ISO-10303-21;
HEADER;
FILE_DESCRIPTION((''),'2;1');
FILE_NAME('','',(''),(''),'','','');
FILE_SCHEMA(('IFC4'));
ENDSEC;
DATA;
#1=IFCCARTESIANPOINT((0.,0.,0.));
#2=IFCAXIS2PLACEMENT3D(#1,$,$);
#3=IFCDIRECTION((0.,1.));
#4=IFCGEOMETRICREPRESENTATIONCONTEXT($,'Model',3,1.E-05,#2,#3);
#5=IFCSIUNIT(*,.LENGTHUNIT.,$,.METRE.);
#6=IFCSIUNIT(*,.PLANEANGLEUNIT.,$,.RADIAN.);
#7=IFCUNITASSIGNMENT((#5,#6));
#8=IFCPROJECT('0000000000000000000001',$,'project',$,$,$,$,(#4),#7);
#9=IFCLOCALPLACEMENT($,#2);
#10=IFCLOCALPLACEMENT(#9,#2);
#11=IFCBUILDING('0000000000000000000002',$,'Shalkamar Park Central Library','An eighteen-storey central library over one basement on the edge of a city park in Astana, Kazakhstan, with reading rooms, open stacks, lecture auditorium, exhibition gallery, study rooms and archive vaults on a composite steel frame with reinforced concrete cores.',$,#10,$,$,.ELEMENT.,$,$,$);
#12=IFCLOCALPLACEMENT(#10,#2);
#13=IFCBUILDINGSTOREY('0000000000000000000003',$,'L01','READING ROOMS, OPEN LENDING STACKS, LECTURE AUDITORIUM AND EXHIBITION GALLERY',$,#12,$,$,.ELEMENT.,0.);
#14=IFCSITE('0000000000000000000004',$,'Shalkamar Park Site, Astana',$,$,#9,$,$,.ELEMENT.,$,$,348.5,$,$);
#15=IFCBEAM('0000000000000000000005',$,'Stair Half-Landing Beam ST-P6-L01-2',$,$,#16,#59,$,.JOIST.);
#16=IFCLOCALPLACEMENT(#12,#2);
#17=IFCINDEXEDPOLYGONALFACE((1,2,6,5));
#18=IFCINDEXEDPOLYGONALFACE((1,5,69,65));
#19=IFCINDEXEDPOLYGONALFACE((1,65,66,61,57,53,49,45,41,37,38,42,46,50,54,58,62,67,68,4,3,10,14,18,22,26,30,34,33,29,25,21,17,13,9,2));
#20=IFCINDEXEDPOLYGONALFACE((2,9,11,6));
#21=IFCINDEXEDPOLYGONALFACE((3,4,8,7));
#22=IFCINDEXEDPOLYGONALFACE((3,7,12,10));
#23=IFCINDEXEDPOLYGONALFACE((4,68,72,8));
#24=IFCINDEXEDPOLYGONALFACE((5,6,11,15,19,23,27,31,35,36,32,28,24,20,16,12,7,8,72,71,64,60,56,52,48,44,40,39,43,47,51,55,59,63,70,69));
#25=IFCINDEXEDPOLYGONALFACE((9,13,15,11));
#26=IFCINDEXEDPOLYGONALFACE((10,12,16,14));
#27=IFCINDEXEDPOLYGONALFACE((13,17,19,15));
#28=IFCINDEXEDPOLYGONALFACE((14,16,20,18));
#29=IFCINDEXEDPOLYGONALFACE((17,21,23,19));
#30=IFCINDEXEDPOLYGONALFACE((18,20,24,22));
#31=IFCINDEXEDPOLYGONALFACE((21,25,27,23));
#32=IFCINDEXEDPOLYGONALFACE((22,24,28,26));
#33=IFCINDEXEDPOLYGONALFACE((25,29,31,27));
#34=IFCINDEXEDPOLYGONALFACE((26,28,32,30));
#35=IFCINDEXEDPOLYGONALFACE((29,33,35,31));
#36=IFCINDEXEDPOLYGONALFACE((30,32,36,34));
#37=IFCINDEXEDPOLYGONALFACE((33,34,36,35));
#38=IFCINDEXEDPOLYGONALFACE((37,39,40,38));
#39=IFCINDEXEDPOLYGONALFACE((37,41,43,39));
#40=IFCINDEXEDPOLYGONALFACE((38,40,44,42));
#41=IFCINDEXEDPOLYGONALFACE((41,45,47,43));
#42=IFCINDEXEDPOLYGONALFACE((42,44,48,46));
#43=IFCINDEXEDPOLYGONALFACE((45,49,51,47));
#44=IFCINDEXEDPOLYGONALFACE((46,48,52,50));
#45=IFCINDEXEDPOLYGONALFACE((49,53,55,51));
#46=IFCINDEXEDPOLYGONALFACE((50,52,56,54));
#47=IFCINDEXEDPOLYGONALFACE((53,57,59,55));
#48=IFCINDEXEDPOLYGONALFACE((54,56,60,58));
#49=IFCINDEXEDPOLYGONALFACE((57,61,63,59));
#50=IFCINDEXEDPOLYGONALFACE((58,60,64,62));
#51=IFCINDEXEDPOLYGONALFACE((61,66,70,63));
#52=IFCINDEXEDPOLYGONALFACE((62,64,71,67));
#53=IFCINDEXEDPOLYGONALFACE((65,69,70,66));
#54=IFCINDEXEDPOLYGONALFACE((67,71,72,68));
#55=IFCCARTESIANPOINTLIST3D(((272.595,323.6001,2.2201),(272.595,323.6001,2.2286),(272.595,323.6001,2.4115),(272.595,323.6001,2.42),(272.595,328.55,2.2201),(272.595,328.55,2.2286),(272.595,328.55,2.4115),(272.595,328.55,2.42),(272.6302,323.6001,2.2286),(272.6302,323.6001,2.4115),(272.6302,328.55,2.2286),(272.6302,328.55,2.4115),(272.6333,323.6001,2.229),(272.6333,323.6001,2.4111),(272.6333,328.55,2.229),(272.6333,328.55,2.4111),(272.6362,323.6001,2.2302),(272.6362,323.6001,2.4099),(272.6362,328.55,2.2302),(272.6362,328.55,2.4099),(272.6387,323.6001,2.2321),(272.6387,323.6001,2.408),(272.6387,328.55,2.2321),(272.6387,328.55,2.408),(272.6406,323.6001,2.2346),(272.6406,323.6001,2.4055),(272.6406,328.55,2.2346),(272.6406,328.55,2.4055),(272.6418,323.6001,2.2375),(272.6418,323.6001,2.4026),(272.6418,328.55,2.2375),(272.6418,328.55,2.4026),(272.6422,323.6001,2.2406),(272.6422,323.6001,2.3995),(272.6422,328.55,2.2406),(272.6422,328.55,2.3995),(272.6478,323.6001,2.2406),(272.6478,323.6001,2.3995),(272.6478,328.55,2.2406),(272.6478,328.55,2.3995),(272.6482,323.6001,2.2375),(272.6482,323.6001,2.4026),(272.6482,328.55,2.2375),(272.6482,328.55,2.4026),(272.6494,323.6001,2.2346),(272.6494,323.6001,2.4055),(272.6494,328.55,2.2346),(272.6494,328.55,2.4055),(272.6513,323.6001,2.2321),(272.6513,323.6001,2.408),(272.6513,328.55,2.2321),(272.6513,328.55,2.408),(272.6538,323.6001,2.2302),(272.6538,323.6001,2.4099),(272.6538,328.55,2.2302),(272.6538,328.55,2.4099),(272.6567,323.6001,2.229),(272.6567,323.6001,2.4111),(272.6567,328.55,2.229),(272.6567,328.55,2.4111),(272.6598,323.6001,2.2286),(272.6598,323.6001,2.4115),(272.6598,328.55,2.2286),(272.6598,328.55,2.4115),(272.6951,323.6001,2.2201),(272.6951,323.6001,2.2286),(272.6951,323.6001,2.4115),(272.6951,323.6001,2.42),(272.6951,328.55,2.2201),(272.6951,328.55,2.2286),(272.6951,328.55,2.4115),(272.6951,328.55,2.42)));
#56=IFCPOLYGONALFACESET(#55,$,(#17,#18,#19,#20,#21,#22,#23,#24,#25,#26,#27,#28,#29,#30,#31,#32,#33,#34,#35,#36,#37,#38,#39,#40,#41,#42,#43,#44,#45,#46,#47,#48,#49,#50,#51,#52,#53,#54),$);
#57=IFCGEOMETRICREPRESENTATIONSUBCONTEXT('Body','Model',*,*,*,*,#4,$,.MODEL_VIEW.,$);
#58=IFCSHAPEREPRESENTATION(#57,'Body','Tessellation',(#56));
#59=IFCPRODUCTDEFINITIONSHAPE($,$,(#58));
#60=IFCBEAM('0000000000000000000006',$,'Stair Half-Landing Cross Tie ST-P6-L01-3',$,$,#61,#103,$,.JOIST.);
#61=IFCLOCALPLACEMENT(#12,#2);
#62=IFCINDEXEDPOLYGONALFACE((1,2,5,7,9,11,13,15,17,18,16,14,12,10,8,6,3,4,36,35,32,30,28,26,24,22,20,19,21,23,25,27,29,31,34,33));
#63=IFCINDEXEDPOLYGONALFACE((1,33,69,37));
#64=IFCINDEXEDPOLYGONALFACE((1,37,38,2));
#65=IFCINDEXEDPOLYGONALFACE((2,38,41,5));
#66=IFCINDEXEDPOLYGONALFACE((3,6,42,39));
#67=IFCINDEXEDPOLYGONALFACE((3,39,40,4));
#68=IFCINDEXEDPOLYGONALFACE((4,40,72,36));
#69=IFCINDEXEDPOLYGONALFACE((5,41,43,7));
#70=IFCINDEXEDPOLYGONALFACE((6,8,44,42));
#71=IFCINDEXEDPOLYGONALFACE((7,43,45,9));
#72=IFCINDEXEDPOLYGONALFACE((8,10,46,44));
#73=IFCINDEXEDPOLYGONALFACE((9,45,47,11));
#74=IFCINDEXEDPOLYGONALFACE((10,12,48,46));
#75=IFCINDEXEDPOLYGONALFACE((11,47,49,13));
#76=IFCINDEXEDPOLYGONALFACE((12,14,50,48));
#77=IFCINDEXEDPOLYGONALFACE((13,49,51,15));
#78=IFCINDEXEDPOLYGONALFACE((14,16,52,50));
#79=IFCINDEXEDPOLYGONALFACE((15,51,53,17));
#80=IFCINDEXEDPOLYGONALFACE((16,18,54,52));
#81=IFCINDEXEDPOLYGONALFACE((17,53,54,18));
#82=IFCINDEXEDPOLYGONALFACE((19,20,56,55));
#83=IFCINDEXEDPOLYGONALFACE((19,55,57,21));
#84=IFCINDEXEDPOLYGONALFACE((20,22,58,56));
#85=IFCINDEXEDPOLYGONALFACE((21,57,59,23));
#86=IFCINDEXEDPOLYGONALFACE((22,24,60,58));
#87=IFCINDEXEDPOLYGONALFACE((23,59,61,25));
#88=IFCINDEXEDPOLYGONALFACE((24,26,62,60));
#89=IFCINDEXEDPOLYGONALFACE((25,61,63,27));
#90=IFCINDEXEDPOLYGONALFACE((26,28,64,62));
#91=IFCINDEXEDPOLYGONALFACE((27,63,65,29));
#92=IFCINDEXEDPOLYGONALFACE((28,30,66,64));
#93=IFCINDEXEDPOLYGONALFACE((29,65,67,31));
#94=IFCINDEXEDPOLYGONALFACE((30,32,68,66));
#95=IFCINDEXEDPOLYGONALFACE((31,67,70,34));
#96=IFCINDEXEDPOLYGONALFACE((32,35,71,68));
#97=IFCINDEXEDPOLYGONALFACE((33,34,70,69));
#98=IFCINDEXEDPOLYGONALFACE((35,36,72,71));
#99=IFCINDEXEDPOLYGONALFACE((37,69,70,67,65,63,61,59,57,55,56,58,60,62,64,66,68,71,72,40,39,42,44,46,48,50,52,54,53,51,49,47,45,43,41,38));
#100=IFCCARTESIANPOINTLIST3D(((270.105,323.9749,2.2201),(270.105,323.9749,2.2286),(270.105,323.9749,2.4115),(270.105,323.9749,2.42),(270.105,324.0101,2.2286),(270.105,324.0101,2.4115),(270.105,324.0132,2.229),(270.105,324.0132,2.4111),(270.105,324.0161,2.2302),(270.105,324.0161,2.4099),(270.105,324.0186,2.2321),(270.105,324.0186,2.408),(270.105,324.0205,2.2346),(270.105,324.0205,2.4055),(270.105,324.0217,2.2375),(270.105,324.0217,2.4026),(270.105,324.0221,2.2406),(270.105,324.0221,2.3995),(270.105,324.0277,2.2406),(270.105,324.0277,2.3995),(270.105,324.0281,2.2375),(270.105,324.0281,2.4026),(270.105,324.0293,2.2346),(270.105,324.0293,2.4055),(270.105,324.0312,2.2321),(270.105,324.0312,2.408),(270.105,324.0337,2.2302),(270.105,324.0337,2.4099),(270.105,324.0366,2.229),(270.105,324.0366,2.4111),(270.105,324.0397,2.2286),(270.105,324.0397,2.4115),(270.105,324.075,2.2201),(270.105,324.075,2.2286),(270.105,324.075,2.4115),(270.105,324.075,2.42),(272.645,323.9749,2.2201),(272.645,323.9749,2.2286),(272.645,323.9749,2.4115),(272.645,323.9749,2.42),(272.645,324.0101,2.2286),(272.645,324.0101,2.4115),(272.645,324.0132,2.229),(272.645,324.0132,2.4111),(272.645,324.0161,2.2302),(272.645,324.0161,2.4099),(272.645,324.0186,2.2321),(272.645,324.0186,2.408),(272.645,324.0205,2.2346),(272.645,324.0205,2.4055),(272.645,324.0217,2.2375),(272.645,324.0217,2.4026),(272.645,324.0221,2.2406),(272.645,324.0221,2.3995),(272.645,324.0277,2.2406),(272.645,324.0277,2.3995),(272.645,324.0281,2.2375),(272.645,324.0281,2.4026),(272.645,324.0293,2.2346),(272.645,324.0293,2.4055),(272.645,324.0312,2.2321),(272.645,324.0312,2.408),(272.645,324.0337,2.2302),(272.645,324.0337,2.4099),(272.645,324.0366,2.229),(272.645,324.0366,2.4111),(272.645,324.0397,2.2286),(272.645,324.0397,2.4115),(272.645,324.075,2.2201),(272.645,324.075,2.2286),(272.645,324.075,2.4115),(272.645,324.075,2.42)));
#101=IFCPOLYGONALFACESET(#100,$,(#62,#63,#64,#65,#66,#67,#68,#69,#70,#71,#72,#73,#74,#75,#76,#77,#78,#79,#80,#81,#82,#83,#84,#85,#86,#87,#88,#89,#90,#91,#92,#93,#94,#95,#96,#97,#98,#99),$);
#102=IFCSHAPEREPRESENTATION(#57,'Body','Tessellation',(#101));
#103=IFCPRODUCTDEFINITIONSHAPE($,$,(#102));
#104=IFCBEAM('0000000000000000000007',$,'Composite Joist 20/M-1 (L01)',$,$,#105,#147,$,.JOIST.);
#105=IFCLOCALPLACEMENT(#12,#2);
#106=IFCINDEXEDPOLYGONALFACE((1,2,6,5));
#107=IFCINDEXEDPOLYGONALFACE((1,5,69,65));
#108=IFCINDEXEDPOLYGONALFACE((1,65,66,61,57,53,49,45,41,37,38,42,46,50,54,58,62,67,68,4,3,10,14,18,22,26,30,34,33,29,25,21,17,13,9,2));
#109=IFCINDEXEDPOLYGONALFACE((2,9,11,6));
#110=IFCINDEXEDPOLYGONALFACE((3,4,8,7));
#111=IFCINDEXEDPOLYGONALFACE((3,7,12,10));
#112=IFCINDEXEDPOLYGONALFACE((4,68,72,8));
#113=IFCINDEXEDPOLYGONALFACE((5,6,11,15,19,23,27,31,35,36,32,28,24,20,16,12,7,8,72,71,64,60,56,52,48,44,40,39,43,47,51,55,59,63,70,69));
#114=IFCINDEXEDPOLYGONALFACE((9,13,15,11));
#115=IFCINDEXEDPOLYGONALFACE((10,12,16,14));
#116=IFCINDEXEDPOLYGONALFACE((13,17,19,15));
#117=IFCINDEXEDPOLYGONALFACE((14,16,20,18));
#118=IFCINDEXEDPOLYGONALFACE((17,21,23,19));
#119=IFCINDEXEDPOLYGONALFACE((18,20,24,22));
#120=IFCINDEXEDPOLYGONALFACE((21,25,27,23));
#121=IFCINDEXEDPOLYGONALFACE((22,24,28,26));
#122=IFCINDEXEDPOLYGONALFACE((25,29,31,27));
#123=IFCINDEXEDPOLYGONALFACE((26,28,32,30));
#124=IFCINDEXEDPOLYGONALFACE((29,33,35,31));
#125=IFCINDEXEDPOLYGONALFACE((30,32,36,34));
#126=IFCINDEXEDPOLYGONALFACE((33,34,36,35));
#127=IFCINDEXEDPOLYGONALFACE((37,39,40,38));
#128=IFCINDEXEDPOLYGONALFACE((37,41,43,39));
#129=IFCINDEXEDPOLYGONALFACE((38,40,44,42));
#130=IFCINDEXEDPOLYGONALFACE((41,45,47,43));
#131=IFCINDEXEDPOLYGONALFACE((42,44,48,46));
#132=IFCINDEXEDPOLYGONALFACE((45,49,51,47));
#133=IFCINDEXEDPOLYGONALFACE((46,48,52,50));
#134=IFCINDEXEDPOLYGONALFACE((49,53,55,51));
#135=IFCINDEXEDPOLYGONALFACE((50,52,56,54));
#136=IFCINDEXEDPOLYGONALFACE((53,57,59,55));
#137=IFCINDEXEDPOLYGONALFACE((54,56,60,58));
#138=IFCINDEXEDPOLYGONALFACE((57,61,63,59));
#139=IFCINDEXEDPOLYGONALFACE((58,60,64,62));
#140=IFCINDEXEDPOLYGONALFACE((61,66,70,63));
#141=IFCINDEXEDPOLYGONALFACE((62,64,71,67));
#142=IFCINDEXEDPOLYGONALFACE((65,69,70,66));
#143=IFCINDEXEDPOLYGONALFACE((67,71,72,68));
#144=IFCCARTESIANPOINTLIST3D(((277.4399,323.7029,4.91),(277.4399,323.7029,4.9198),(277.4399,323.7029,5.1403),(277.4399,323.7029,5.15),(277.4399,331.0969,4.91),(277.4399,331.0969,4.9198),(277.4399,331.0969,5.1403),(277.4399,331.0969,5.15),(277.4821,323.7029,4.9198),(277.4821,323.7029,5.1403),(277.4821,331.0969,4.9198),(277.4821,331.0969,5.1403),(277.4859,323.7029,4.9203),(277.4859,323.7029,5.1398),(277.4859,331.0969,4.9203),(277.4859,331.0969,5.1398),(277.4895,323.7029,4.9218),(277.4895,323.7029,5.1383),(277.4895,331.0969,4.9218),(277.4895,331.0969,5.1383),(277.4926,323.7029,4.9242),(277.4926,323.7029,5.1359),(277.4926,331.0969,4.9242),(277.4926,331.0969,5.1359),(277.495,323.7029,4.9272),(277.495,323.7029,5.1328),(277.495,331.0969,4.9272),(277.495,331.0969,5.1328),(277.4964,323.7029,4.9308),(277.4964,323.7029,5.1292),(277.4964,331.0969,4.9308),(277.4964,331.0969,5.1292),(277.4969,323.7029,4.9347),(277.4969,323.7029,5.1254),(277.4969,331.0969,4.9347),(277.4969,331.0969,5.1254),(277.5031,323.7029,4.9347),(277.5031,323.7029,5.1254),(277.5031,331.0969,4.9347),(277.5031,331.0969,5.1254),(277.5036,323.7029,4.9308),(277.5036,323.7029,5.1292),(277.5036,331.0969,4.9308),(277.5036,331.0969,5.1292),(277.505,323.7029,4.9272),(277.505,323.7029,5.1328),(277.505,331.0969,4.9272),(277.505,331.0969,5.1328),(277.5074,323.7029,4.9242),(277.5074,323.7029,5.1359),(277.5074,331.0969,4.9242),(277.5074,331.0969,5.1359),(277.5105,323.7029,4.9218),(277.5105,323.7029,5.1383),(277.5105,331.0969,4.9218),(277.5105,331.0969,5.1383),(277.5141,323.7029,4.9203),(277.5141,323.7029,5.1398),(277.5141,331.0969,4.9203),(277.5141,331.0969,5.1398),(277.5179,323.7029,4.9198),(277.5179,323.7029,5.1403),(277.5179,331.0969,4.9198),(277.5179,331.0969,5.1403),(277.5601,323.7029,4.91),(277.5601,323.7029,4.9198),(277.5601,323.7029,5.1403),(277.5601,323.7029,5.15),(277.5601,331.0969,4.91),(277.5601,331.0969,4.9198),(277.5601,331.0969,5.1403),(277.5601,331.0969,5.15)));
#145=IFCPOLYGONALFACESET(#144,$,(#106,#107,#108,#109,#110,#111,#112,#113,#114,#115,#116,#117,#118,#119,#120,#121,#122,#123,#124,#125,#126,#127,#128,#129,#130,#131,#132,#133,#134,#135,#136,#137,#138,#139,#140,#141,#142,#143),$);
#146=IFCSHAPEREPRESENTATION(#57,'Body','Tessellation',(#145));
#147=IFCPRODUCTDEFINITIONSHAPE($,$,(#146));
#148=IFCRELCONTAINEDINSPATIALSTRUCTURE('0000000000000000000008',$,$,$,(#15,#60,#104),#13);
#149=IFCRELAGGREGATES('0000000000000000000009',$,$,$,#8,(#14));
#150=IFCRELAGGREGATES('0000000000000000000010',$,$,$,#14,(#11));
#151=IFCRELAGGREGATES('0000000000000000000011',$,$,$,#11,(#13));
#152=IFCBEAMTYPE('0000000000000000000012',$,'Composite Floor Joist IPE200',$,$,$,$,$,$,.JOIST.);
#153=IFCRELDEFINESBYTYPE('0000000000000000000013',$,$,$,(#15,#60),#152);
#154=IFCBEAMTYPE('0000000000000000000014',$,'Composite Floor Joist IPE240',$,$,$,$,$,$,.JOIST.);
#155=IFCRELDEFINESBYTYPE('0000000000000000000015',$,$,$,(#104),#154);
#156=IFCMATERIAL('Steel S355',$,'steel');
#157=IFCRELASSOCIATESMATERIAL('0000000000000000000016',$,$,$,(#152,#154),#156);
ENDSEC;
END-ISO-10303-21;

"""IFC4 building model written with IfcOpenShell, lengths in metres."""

from ifc_helpers import new_model, si_unit, direction, frame, origin, origin_2d, place, context, subcontext, project, spatial, i_section, extrude, material, material_profile, profile_set, type_object, element, save


model = new_model("IFC4")

# Units and contexts
model_context = context("Model", 3, precision=1e-05, world=origin(), true_north=direction((0.0, 1.0)))
body_context = subcontext(model_context, "Body", "Model", "MODEL_VIEW")
ifc_project = project(units=[si_unit("LENGTHUNIT", "METRE"), si_unit("PLANEANGLEUNIT", "RADIAN")], contexts=[model_context])

# Site, building, storey
site_placement = place(None, origin())
site = spatial("IfcSite", under=ifc_project, at=site_placement, Name="Shalkamar Park Site, Astana", CompositionType="ELEMENT", RefElevation=348.5)
building_placement = place(site_placement, origin())
building = spatial("IfcBuilding", under=site, at=building_placement, Name="Shalkamar Park Central Library", Description="An eighteen-storey central library over one basement on the edge of a city park in Astana, Kazakhstan, with reading rooms, open stacks, lecture auditorium, exhibition gallery, study rooms and archive vaults on a composite steel frame with reinforced concrete cores.", CompositionType="ELEMENT")
storey_placement = place(building_placement, origin())
storey = spatial("IfcBuildingStorey", under=building, at=storey_placement, Name="L01", Description="READING ROOMS, OPEN LENDING STACKS, LECTURE AUDITORIUM AND EXHIBITION GALLERY", CompositionType="ELEMENT", Elevation=0.0)

# Shared definitions
ifc_material_1 = material(Name="Steel S355", Category="steel")

# Beams
ifc_material_profile_1 = material_profile(ifc_material_1, i_section(OverallWidth=0.1001, OverallDepth=0.2, WebThickness=0.0056, FlangeThickness=0.0085, FilletRadius=0.012, at=origin_2d()), Name="IPE 200")
ifc_profile_set_1 = profile_set([ifc_material_profile_1], Name="Steel S355")
beam_type_1 = type_object("IfcBeamType", Name="Composite Floor Joist IPE200", PredefinedType="JOIST", material=ifc_profile_set_1)
for number, where, z_axis, x_axis, name in (
    (1, (272.645, 323.6001, 2.3201), (0.0, 1.0, 0.0), (-1.0, 0.0, 0.0), "Stair Half-Landing Beam ST-P6-L01-2"),
):
    element("IfcBeam", number, at=place(storey_placement, frame(where, z_axis=z_axis, x_axis=x_axis)), inside=storey, type_object=beam_type_1, Name=name, PredefinedType="JOIST", context=body_context, shape_type="SweptSolid", body=[
        extrude(i_section(OverallWidth=0.1001, OverallDepth=0.2, WebThickness=0.0056, FlangeThickness=0.0085, FilletRadius=0.012, at=origin_2d()), origin(), (0.0, 0.0, 1.0), 4.95),
    ])
beam_1_placement = place(storey_placement, frame((270.105, 324.0249, 2.3201), z_axis=(1.0, 0.0, 0.0), x_axis=(0.0, 1.0, 0.0)))
element("IfcBeam", 2, at=beam_1_placement, inside=storey, type_object=beam_type_1, Name="Stair Half-Landing Cross Tie ST-P6-L01-3", PredefinedType="JOIST", context=body_context, shape_type="SweptSolid", body=[
    extrude(i_section(OverallWidth=0.1001, OverallDepth=0.2, WebThickness=0.0056, FlangeThickness=0.0085, FilletRadius=0.012, at=origin_2d()), origin(), (0.0, 0.0, 1.0), 2.54),
])
ifc_material_profile_2 = material_profile(ifc_material_1, i_section(OverallWidth=0.1201, OverallDepth=0.24, WebThickness=0.0061, FlangeThickness=0.0098, FilletRadius=0.0149, at=origin_2d()), Name="IPE 240")
ifc_profile_set_2 = profile_set([ifc_material_profile_2], Name="Steel S355")
beam_type_2 = type_object("IfcBeamType", Name="Composite Floor Joist IPE240", PredefinedType="JOIST", material=ifc_profile_set_2)
beam_2_placement = place(storey_placement, frame((277.5, 323.7029, 5.03), z_axis=(0.0, 1.0, 0.0), x_axis=(-1.0, 0.0, 0.0)))
element("IfcBeam", 3, at=beam_2_placement, inside=storey, type_object=beam_type_2, Name="Composite Joist 20/M-1 (L01)", PredefinedType="JOIST", context=body_context, shape_type="SweptSolid", body=[
    extrude(i_section(OverallWidth=0.1201, OverallDepth=0.24, WebThickness=0.0061, FlangeThickness=0.0098, FilletRadius=0.0149, at=origin_2d()), origin(), (0.0, 0.0, 1.0), 7.394),
])

save(model, "model.ifc")
